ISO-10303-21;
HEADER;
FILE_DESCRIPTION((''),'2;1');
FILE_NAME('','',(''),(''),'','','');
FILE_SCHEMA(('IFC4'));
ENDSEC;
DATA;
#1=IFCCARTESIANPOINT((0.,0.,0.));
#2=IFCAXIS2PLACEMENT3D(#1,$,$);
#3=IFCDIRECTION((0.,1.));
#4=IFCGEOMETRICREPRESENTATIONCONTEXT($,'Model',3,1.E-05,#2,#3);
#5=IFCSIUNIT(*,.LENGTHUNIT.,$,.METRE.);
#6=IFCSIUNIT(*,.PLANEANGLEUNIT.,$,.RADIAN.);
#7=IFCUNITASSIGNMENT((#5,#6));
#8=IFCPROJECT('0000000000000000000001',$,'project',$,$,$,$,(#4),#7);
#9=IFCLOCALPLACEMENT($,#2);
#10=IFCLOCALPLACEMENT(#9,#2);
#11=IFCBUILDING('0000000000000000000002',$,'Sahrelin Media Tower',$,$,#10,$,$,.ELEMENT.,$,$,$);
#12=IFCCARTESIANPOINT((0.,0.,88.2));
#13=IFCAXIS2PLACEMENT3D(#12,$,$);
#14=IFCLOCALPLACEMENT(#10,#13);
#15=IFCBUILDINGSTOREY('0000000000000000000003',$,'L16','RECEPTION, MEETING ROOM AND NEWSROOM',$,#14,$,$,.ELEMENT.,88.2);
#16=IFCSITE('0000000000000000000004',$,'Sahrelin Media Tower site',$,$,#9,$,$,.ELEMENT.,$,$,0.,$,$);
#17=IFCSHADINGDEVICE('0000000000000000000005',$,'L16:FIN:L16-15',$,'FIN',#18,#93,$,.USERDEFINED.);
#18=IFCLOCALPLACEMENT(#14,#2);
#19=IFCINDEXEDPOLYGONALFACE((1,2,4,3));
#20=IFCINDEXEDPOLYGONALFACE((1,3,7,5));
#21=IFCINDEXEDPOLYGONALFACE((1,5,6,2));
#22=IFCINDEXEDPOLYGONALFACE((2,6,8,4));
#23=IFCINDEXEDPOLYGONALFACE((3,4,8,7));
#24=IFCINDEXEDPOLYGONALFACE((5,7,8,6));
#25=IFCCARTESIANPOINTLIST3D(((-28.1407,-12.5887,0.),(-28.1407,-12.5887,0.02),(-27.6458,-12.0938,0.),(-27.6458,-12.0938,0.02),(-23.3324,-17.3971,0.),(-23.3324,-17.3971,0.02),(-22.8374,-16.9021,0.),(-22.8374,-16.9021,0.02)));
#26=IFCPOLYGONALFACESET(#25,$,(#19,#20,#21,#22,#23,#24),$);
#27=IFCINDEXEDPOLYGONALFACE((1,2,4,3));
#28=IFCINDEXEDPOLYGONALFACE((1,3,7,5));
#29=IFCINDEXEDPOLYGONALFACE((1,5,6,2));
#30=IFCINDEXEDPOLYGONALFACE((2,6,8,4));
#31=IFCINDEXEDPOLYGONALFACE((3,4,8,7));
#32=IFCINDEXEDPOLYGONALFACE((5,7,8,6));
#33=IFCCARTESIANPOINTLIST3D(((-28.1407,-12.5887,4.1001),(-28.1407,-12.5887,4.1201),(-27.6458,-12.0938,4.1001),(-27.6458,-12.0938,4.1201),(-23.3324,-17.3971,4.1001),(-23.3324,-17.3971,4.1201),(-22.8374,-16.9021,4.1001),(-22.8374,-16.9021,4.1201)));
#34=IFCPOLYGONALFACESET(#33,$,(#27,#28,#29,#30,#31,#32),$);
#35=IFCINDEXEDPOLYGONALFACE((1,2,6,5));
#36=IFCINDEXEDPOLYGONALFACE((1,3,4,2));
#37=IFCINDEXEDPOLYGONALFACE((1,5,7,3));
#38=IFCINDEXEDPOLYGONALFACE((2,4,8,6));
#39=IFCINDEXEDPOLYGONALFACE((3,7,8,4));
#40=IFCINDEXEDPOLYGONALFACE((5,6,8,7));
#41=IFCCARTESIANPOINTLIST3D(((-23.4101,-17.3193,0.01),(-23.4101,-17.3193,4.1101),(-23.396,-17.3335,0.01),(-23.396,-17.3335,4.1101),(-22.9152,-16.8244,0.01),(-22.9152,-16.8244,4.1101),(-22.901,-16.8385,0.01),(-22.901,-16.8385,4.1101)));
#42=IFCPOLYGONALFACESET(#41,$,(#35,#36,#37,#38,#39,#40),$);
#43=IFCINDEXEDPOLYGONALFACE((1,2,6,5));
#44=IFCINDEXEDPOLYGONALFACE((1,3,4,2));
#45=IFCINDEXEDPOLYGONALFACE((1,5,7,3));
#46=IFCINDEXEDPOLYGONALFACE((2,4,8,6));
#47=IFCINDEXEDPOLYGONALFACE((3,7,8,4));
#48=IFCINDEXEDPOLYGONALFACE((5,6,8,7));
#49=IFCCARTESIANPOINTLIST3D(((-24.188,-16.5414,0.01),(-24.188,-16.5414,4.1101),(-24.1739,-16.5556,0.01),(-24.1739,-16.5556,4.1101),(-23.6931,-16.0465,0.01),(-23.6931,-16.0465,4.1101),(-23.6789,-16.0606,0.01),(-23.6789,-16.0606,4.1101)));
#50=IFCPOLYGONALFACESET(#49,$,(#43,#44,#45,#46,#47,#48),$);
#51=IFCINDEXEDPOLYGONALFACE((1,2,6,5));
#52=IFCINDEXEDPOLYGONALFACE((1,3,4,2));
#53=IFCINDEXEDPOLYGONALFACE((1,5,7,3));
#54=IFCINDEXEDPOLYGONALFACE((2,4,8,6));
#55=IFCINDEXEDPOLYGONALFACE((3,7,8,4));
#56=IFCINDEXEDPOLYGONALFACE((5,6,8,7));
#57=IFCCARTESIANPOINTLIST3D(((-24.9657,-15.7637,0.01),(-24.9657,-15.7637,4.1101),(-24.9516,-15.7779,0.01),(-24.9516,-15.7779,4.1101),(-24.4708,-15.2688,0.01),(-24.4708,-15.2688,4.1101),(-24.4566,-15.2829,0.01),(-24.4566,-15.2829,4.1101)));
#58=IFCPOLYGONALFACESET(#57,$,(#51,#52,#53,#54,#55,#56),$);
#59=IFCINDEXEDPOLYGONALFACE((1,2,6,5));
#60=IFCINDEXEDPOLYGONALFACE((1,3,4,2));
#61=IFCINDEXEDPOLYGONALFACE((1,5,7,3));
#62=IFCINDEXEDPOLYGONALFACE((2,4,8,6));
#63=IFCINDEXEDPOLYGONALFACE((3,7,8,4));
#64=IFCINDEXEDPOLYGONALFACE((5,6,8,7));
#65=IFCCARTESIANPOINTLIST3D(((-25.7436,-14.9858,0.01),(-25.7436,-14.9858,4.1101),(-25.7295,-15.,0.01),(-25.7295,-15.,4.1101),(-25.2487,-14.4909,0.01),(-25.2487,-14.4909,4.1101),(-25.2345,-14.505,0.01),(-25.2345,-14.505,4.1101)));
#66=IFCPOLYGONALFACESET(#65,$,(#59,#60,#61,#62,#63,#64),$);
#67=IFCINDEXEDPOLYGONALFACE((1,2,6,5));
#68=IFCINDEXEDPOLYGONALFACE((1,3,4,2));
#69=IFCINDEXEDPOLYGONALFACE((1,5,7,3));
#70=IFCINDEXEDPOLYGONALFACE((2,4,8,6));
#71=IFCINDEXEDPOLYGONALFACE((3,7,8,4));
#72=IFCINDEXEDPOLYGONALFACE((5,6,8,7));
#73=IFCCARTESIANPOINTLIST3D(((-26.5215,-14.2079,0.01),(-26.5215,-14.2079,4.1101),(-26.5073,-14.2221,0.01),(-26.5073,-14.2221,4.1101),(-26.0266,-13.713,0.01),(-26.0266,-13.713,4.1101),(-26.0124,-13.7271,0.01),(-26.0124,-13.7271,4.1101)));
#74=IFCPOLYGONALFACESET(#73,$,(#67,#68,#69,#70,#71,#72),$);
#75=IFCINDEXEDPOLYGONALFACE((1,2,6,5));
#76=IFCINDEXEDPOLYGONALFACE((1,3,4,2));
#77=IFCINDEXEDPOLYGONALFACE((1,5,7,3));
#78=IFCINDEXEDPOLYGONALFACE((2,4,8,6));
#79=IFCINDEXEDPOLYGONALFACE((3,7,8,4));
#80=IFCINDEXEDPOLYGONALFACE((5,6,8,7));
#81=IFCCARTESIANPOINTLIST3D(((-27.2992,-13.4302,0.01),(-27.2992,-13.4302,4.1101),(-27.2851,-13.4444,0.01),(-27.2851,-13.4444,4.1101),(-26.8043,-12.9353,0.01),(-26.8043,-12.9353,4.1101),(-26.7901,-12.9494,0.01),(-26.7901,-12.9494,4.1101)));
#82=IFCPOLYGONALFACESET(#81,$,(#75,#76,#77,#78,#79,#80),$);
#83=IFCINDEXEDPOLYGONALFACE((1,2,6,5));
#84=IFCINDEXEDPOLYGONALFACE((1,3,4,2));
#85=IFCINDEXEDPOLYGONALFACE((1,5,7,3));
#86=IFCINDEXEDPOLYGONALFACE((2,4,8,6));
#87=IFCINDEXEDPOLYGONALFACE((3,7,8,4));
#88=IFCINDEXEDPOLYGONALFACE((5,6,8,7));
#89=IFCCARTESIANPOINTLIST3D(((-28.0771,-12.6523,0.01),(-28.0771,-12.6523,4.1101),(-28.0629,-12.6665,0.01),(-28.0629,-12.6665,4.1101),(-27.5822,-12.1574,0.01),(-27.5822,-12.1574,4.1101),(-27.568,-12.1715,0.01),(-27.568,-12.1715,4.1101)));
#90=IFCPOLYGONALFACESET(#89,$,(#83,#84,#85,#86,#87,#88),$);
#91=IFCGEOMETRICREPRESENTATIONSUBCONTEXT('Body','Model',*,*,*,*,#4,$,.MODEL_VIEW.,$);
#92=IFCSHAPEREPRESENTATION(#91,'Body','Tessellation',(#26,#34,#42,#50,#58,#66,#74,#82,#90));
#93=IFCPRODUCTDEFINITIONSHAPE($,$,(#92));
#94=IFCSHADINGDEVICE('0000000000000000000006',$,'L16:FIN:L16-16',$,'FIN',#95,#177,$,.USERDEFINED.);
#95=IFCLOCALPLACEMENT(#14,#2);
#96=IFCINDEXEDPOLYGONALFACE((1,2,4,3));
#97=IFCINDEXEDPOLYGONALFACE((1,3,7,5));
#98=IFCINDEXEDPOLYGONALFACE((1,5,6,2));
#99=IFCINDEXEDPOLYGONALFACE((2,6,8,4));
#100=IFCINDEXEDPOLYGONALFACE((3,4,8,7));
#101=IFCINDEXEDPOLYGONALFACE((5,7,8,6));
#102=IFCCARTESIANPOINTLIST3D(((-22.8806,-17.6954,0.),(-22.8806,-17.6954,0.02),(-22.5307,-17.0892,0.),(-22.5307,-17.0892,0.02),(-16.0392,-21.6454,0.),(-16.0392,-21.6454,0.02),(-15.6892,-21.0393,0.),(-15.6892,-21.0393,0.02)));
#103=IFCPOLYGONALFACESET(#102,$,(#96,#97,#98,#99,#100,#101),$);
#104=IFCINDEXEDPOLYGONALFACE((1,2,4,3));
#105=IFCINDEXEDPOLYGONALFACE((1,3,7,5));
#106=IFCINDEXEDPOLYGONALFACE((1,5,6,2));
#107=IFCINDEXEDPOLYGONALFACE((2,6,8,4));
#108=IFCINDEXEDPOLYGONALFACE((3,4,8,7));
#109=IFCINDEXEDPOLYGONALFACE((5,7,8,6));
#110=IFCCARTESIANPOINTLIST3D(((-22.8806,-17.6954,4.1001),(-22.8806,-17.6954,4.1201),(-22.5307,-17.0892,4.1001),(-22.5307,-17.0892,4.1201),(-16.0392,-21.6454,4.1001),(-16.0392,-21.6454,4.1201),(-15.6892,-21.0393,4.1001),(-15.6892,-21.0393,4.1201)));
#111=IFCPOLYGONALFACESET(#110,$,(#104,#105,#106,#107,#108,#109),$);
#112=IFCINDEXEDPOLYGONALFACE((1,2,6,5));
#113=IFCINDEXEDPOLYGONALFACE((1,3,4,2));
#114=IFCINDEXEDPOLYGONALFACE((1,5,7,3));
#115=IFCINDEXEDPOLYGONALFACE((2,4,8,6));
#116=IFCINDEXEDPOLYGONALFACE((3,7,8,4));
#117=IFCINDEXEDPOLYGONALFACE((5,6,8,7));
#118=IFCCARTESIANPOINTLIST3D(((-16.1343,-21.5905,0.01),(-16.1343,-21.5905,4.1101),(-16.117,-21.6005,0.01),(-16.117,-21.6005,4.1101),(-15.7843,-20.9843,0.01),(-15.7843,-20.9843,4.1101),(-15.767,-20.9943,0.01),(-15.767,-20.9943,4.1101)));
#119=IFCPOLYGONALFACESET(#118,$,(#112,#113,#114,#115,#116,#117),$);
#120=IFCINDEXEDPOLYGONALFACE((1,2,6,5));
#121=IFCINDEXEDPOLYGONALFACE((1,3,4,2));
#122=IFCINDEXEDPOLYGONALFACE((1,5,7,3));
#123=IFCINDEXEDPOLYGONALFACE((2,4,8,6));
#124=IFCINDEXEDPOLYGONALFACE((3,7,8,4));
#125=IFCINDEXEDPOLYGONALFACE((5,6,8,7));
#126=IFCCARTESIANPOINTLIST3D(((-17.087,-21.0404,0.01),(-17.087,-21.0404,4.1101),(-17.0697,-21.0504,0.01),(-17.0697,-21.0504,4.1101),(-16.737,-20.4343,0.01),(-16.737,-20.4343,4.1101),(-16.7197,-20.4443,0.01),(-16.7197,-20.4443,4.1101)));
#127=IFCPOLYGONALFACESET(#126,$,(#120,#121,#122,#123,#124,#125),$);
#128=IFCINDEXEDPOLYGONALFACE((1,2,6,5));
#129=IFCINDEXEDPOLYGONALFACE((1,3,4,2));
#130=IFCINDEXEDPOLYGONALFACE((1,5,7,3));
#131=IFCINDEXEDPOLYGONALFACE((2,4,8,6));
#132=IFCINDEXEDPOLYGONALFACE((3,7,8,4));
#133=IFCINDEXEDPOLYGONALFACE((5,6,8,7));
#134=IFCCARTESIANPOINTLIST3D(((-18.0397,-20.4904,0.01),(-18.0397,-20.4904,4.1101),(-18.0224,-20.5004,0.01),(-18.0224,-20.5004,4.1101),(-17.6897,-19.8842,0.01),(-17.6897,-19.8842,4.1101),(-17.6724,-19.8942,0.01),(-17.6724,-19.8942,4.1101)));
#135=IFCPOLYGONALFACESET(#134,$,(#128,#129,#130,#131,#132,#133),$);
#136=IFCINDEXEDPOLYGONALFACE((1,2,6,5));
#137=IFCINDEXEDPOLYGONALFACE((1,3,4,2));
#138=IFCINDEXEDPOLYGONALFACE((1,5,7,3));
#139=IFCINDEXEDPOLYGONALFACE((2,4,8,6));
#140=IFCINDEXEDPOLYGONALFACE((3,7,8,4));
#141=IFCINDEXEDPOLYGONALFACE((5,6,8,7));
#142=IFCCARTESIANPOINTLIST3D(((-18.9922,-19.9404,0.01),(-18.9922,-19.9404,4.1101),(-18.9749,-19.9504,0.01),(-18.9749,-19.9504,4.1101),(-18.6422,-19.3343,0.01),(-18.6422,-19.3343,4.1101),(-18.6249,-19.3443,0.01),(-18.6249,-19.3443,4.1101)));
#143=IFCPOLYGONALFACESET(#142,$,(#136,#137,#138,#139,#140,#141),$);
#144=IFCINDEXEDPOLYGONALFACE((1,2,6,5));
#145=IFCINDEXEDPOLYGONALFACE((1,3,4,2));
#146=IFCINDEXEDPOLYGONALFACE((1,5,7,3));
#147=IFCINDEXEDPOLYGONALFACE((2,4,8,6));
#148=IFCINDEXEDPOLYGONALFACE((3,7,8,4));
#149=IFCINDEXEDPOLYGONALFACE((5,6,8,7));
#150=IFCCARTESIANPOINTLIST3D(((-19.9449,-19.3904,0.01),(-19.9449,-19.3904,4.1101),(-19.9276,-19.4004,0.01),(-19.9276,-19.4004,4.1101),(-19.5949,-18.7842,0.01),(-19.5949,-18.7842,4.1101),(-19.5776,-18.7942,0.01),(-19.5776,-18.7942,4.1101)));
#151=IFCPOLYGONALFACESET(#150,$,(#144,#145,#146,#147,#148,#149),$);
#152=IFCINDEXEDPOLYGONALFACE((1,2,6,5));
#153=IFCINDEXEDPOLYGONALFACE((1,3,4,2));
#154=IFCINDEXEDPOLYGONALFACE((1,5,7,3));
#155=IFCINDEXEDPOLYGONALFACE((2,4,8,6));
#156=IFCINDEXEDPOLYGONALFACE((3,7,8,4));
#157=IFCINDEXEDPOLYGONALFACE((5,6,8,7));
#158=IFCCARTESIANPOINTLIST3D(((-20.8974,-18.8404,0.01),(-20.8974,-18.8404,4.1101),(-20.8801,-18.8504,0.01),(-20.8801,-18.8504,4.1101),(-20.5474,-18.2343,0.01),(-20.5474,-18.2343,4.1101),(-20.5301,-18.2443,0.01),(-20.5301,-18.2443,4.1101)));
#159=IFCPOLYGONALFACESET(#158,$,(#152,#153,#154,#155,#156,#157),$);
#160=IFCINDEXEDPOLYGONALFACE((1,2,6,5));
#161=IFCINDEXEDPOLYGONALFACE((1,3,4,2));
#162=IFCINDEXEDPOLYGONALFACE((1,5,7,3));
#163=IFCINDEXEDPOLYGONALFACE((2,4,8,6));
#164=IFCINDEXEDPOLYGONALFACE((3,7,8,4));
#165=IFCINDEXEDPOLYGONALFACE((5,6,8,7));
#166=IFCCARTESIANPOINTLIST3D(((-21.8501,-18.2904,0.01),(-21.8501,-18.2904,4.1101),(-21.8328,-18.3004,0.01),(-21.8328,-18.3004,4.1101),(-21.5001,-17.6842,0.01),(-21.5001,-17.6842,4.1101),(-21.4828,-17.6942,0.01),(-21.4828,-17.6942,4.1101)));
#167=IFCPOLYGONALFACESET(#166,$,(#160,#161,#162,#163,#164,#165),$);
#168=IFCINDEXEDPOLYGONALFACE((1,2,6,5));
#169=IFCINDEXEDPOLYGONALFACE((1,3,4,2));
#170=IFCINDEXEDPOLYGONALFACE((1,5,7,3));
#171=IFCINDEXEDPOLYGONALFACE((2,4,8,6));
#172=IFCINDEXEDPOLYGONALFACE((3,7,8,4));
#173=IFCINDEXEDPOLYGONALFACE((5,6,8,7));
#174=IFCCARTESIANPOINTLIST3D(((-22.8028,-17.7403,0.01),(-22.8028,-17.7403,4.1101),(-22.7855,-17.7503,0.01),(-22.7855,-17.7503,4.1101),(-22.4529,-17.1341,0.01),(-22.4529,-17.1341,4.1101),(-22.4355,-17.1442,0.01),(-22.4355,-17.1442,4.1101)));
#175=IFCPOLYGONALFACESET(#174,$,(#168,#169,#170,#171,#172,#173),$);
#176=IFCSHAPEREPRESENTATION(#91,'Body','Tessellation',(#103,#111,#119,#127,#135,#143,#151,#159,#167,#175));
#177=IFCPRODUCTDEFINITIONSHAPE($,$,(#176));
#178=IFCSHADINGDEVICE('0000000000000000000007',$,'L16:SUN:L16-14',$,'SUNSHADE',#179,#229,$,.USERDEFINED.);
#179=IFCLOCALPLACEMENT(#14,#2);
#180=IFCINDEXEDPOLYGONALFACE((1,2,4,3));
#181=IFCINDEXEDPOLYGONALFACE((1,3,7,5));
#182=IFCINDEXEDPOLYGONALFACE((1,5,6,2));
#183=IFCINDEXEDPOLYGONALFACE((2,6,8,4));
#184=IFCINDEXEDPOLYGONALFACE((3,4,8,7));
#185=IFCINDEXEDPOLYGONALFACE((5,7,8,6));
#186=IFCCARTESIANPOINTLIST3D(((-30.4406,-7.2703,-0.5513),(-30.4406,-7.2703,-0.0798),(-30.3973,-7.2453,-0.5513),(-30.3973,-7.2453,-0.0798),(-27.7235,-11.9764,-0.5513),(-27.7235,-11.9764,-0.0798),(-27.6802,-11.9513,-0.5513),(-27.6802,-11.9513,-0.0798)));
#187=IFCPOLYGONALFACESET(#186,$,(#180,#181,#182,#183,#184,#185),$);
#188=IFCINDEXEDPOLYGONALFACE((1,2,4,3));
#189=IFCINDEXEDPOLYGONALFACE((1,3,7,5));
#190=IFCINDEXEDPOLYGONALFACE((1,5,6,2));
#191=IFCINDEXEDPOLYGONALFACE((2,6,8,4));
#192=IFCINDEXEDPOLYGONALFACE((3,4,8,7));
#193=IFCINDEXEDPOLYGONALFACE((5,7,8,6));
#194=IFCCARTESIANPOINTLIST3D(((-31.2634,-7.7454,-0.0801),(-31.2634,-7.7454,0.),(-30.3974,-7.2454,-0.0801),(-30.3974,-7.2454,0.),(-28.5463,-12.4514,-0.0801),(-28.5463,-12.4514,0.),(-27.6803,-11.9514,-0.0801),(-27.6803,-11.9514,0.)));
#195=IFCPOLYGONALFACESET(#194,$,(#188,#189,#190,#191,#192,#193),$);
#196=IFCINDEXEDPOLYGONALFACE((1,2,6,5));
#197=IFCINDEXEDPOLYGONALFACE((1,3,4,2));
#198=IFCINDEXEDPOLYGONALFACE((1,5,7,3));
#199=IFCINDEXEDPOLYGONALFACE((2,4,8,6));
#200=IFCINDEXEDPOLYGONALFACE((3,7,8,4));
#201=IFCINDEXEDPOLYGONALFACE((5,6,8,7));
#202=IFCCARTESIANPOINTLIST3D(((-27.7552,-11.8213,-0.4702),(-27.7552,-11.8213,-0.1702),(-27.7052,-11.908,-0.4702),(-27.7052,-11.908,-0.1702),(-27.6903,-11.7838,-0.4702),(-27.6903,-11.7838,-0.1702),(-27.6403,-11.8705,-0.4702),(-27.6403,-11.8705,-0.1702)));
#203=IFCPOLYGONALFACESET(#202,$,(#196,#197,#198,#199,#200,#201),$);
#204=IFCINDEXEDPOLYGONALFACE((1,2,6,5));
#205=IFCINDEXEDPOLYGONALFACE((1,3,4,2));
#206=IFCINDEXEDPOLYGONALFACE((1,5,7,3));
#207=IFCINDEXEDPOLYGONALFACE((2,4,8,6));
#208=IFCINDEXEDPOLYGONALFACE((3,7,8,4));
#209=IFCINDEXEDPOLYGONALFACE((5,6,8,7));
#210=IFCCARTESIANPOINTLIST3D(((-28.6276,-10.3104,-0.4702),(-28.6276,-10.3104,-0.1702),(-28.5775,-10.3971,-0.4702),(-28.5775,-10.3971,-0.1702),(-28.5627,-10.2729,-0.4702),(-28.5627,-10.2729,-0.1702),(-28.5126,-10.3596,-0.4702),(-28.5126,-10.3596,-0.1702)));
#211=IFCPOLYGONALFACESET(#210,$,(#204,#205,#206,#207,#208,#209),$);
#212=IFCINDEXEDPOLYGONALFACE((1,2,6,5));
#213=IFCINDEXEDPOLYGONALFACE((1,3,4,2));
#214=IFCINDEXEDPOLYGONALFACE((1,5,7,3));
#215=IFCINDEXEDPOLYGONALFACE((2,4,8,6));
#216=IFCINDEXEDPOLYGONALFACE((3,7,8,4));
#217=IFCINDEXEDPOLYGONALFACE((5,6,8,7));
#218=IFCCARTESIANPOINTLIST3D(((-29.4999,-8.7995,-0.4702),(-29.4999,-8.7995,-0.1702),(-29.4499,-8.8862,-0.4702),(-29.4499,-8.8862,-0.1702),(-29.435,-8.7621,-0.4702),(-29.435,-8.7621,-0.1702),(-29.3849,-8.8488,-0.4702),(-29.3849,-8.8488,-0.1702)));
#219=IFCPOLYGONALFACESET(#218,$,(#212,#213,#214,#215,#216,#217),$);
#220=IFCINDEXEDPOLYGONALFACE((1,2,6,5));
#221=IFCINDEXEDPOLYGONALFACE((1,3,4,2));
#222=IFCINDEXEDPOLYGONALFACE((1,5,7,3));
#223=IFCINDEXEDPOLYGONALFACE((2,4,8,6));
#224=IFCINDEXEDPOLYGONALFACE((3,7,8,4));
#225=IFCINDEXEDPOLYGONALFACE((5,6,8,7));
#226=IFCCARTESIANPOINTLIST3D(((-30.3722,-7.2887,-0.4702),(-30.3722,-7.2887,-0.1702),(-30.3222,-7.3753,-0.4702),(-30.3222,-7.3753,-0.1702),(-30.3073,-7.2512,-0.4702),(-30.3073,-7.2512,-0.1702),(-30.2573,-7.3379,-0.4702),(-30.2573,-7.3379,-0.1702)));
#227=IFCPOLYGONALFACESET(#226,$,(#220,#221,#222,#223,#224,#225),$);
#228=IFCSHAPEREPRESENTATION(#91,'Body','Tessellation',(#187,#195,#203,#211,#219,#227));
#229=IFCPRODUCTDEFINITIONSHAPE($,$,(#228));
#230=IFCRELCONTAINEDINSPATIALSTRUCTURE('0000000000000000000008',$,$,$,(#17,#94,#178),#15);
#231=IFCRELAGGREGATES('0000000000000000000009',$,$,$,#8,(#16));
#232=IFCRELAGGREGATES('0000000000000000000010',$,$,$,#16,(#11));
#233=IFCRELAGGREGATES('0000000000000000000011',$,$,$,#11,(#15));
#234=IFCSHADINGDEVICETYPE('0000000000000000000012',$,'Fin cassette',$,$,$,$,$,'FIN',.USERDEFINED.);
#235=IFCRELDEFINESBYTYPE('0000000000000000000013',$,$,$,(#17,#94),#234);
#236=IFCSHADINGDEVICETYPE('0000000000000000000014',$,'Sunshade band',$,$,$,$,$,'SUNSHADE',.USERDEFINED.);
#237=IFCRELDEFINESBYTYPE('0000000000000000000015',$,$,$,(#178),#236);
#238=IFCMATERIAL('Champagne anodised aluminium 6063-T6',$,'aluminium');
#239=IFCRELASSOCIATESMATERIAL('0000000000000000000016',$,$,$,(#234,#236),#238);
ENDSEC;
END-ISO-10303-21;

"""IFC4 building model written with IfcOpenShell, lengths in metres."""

from ifc_helpers import new_model, si_unit, direction, frame, origin, origin_2d, place, context, subcontext, project, spatial, rectangle, extrude, material, type_object, element, save


model = new_model("IFC4")

# Units and contexts
model_context = context("Model", 3, precision=1e-05, world=origin(), true_north=direction((0.0, 1.0)))
body_context = subcontext(model_context, "Body", "Model", "MODEL_VIEW")
ifc_project = project(units=[si_unit("LENGTHUNIT", "METRE"), si_unit("PLANEANGLEUNIT", "RADIAN")], contexts=[model_context])

# Site, building, storey
site_placement = place(None, origin())
site = spatial("IfcSite", under=ifc_project, at=site_placement, Name="Sahrelin Media Tower site", CompositionType="ELEMENT", RefElevation=0.0)
building_placement = place(site_placement, origin())
building = spatial("IfcBuilding", under=site, at=building_placement, Name="Sahrelin Media Tower", CompositionType="ELEMENT")
storey_placement = place(building_placement, frame((0.0, 0.0, 88.2)))
storey = spatial("IfcBuildingStorey", under=building, at=storey_placement, Name="L16", Description="RECEPTION, MEETING ROOM AND NEWSROOM", CompositionType="ELEMENT", Elevation=88.2)

# Shared definitions
ifc_material_1 = material(Name="Champagne anodised aluminium 6063-T6", Category="aluminium")

# Shading devices
shading_device_type_1 = type_object("IfcShadingDeviceType", Name="Fin cassette", ElementType="FIN", PredefinedType="USERDEFINED", material=ifc_material_1)
placement_1 = place(storey_placement, frame((-29.0215, -9.5884, 0.0), z_axis=(0.0, 0.0, 1.0), x_axis=(-0.500011, 0.866019, 0.0)))
placement_2 = place(storey_placement, frame((-25.1921, -14.4485, 0.0), z_axis=(0.0, 0.0, 1.0), x_axis=(-0.707107, 0.707107, 0.0)))
element("IfcShadingDevice", 1, at=placement_2, inside=storey, type_object=shading_device_type_1, Name="L16:FIN:L16-15", ObjectType="FIN", PredefinedType="USERDEFINED", context=body_context, shape_type="SweptSolid", body=[
    extrude(rectangle(XDim=6.8, YDim=0.7, at=origin_2d()), frame((0.0, 0.4199, 0.0)), (0.0, 0.0, 1.0), 0.02),
    extrude(rectangle(XDim=6.8, YDim=0.7, at=origin_2d()), frame((0.0, 0.4199, 4.1001)), (0.0, 0.0, 1.0), 0.02),
    extrude(rectangle(XDim=0.02, YDim=0.7, at=origin_2d()), frame((-3.3, 0.4199, 0.01), z_axis=(0.0, 0.0, 1.0), x_axis=(1.0, 0.0, 0.0)), (0.0, 0.0, 1.0), 4.1001),
    extrude(rectangle(XDim=0.02, YDim=0.7, at=origin_2d()), frame((-2.2, 0.4199, 0.01), z_axis=(0.0, 0.0, 1.0), x_axis=(1.0, 0.0, 0.0)), (0.0, 0.0, 1.0), 4.1001),
    extrude(rectangle(XDim=0.02, YDim=0.7, at=origin_2d()), frame((-1.1001, 0.4199, 0.01), z_axis=(0.0, 0.0, 1.0), x_axis=(1.0, 0.0, 0.0)), (0.0, 0.0, 1.0), 4.1001),
    extrude(rectangle(XDim=0.02, YDim=0.7, at=origin_2d()), frame((0.0, 0.4199, 0.01), z_axis=(0.0, 0.0, 1.0), x_axis=(1.0, 0.0, 0.0)), (0.0, 0.0, 1.0), 4.1001),
    extrude(rectangle(XDim=0.02, YDim=0.7, at=origin_2d()), frame((1.1001, 0.4199, 0.01), z_axis=(0.0, 0.0, 1.0), x_axis=(1.0, 0.0, 0.0)), (0.0, 0.0, 1.0), 4.1001),
    extrude(rectangle(XDim=0.02, YDim=0.7, at=origin_2d()), frame((2.2, 0.4199, 0.01), z_axis=(0.0, 0.0, 1.0), x_axis=(1.0, 0.0, 0.0)), (0.0, 0.0, 1.0), 4.1001),
    extrude(rectangle(XDim=0.02, YDim=0.7, at=origin_2d()), frame((3.3, 0.4199, 0.01), z_axis=(0.0, 0.0, 1.0), x_axis=(1.0, 0.0, 0.0)), (0.0, 0.0, 1.0), 4.1001),
])
placement_3 = place(storey_placement, frame((-19.075, -19.0037, 0.0), z_axis=(0.0, 0.0, 1.0), x_axis=(-0.866019, 0.500011, 0.0)))
element("IfcShadingDevice", 2, at=placement_3, inside=storey, type_object=shading_device_type_1, Name="L16:FIN:L16-16", ObjectType="FIN", PredefinedType="USERDEFINED", context=body_context, shape_type="SweptSolid", body=[
    extrude(rectangle(XDim=7.8999, YDim=0.7, at=origin_2d()), frame((0.0, 0.4199, 0.0)), (0.0, 0.0, 1.0), 0.02),
    extrude(rectangle(XDim=7.8999, YDim=0.7, at=origin_2d()), frame((0.0, 0.4199, 4.1001)), (0.0, 0.0, 1.0), 0.02),
    extrude(rectangle(XDim=0.02, YDim=0.7, at=origin_2d()), frame((-3.8501, 0.4199, 0.01), z_axis=(0.0, 0.0, 1.0), x_axis=(1.0, 0.0, 0.0)), (0.0, 0.0, 1.0), 4.1001),
    extrude(rectangle(XDim=0.02, YDim=0.7, at=origin_2d()), frame((-2.75, 0.4199, 0.01), z_axis=(0.0, 0.0, 1.0), x_axis=(1.0, 0.0, 0.0)), (0.0, 0.0, 1.0), 4.1001),
    extrude(rectangle(XDim=0.02, YDim=0.7, at=origin_2d()), frame((-1.6499, 0.4199, 0.01), z_axis=(0.0, 0.0, 1.0), x_axis=(1.0, 0.0, 0.0)), (0.0, 0.0, 1.0), 4.1001),
    extrude(rectangle(XDim=0.02, YDim=0.7, at=origin_2d()), frame((-0.55, 0.4199, 0.01), z_axis=(0.0, 0.0, 1.0), x_axis=(1.0, 0.0, 0.0)), (0.0, 0.0, 1.0), 4.1001),
    extrude(rectangle(XDim=0.02, YDim=0.7, at=origin_2d()), frame((0.55, 0.4199, 0.01), z_axis=(0.0, 0.0, 1.0), x_axis=(1.0, 0.0, 0.0)), (0.0, 0.0, 1.0), 4.1001),
    extrude(rectangle(XDim=0.02, YDim=0.7, at=origin_2d()), frame((1.6499, 0.4199, 0.01), z_axis=(0.0, 0.0, 1.0), x_axis=(1.0, 0.0, 0.0)), (0.0, 0.0, 1.0), 4.1001),
    extrude(rectangle(XDim=0.02, YDim=0.7, at=origin_2d()), frame((2.75, 0.4199, 0.01), z_axis=(0.0, 0.0, 1.0), x_axis=(1.0, 0.0, 0.0)), (0.0, 0.0, 1.0), 4.1001),
    extrude(rectangle(XDim=0.02, YDim=0.7, at=origin_2d()), frame((3.8501, 0.4199, 0.01), z_axis=(0.0, 0.0, 1.0), x_axis=(1.0, 0.0, 0.0)), (0.0, 0.0, 1.0), 4.1001),
])
shading_device_type_2 = type_object("IfcShadingDeviceType", Name="Sunshade band", ElementType="SUNSHADE", PredefinedType="USERDEFINED", material=ifc_material_1)
element("IfcShadingDevice", 3, at=placement_1, inside=storey, type_object=shading_device_type_2, Name="L16:SUN:L16-14", ObjectType="SUNSHADE", PredefinedType="USERDEFINED", context=body_context, shape_type="SweptSolid", body=[
    extrude(rectangle(XDim=5.4341, YDim=0.05, at=origin_2d()), frame((0.0, 0.0449, -0.5513)), (0.0, 0.0, 1.0), 0.4714),
    extrude(rectangle(XDim=5.4341, YDim=1.0, at=origin_2d()), frame((0.0, 0.52, -0.0801)), (0.0, 0.0, 1.0), 0.0801),
    extrude(rectangle(XDim=0.1001, YDim=0.075, at=origin_2d()), frame((-2.6169, -0.0176, -0.4702)), (0.0, 0.0, 1.0), 0.3),
    extrude(rectangle(XDim=0.1001, YDim=0.075, at=origin_2d()), frame((-0.8723, -0.0176, -0.4702)), (0.0, 0.0, 1.0), 0.3),
    extrude(rectangle(XDim=0.1001, YDim=0.075, at=origin_2d()), frame((0.8723, -0.0176, -0.4702)), (0.0, 0.0, 1.0), 0.3),
    extrude(rectangle(XDim=0.1001, YDim=0.075, at=origin_2d()), frame((2.6169, -0.0176, -0.4702)), (0.0, 0.0, 1.0), 0.3),
])

save(model, "model.ifc")
